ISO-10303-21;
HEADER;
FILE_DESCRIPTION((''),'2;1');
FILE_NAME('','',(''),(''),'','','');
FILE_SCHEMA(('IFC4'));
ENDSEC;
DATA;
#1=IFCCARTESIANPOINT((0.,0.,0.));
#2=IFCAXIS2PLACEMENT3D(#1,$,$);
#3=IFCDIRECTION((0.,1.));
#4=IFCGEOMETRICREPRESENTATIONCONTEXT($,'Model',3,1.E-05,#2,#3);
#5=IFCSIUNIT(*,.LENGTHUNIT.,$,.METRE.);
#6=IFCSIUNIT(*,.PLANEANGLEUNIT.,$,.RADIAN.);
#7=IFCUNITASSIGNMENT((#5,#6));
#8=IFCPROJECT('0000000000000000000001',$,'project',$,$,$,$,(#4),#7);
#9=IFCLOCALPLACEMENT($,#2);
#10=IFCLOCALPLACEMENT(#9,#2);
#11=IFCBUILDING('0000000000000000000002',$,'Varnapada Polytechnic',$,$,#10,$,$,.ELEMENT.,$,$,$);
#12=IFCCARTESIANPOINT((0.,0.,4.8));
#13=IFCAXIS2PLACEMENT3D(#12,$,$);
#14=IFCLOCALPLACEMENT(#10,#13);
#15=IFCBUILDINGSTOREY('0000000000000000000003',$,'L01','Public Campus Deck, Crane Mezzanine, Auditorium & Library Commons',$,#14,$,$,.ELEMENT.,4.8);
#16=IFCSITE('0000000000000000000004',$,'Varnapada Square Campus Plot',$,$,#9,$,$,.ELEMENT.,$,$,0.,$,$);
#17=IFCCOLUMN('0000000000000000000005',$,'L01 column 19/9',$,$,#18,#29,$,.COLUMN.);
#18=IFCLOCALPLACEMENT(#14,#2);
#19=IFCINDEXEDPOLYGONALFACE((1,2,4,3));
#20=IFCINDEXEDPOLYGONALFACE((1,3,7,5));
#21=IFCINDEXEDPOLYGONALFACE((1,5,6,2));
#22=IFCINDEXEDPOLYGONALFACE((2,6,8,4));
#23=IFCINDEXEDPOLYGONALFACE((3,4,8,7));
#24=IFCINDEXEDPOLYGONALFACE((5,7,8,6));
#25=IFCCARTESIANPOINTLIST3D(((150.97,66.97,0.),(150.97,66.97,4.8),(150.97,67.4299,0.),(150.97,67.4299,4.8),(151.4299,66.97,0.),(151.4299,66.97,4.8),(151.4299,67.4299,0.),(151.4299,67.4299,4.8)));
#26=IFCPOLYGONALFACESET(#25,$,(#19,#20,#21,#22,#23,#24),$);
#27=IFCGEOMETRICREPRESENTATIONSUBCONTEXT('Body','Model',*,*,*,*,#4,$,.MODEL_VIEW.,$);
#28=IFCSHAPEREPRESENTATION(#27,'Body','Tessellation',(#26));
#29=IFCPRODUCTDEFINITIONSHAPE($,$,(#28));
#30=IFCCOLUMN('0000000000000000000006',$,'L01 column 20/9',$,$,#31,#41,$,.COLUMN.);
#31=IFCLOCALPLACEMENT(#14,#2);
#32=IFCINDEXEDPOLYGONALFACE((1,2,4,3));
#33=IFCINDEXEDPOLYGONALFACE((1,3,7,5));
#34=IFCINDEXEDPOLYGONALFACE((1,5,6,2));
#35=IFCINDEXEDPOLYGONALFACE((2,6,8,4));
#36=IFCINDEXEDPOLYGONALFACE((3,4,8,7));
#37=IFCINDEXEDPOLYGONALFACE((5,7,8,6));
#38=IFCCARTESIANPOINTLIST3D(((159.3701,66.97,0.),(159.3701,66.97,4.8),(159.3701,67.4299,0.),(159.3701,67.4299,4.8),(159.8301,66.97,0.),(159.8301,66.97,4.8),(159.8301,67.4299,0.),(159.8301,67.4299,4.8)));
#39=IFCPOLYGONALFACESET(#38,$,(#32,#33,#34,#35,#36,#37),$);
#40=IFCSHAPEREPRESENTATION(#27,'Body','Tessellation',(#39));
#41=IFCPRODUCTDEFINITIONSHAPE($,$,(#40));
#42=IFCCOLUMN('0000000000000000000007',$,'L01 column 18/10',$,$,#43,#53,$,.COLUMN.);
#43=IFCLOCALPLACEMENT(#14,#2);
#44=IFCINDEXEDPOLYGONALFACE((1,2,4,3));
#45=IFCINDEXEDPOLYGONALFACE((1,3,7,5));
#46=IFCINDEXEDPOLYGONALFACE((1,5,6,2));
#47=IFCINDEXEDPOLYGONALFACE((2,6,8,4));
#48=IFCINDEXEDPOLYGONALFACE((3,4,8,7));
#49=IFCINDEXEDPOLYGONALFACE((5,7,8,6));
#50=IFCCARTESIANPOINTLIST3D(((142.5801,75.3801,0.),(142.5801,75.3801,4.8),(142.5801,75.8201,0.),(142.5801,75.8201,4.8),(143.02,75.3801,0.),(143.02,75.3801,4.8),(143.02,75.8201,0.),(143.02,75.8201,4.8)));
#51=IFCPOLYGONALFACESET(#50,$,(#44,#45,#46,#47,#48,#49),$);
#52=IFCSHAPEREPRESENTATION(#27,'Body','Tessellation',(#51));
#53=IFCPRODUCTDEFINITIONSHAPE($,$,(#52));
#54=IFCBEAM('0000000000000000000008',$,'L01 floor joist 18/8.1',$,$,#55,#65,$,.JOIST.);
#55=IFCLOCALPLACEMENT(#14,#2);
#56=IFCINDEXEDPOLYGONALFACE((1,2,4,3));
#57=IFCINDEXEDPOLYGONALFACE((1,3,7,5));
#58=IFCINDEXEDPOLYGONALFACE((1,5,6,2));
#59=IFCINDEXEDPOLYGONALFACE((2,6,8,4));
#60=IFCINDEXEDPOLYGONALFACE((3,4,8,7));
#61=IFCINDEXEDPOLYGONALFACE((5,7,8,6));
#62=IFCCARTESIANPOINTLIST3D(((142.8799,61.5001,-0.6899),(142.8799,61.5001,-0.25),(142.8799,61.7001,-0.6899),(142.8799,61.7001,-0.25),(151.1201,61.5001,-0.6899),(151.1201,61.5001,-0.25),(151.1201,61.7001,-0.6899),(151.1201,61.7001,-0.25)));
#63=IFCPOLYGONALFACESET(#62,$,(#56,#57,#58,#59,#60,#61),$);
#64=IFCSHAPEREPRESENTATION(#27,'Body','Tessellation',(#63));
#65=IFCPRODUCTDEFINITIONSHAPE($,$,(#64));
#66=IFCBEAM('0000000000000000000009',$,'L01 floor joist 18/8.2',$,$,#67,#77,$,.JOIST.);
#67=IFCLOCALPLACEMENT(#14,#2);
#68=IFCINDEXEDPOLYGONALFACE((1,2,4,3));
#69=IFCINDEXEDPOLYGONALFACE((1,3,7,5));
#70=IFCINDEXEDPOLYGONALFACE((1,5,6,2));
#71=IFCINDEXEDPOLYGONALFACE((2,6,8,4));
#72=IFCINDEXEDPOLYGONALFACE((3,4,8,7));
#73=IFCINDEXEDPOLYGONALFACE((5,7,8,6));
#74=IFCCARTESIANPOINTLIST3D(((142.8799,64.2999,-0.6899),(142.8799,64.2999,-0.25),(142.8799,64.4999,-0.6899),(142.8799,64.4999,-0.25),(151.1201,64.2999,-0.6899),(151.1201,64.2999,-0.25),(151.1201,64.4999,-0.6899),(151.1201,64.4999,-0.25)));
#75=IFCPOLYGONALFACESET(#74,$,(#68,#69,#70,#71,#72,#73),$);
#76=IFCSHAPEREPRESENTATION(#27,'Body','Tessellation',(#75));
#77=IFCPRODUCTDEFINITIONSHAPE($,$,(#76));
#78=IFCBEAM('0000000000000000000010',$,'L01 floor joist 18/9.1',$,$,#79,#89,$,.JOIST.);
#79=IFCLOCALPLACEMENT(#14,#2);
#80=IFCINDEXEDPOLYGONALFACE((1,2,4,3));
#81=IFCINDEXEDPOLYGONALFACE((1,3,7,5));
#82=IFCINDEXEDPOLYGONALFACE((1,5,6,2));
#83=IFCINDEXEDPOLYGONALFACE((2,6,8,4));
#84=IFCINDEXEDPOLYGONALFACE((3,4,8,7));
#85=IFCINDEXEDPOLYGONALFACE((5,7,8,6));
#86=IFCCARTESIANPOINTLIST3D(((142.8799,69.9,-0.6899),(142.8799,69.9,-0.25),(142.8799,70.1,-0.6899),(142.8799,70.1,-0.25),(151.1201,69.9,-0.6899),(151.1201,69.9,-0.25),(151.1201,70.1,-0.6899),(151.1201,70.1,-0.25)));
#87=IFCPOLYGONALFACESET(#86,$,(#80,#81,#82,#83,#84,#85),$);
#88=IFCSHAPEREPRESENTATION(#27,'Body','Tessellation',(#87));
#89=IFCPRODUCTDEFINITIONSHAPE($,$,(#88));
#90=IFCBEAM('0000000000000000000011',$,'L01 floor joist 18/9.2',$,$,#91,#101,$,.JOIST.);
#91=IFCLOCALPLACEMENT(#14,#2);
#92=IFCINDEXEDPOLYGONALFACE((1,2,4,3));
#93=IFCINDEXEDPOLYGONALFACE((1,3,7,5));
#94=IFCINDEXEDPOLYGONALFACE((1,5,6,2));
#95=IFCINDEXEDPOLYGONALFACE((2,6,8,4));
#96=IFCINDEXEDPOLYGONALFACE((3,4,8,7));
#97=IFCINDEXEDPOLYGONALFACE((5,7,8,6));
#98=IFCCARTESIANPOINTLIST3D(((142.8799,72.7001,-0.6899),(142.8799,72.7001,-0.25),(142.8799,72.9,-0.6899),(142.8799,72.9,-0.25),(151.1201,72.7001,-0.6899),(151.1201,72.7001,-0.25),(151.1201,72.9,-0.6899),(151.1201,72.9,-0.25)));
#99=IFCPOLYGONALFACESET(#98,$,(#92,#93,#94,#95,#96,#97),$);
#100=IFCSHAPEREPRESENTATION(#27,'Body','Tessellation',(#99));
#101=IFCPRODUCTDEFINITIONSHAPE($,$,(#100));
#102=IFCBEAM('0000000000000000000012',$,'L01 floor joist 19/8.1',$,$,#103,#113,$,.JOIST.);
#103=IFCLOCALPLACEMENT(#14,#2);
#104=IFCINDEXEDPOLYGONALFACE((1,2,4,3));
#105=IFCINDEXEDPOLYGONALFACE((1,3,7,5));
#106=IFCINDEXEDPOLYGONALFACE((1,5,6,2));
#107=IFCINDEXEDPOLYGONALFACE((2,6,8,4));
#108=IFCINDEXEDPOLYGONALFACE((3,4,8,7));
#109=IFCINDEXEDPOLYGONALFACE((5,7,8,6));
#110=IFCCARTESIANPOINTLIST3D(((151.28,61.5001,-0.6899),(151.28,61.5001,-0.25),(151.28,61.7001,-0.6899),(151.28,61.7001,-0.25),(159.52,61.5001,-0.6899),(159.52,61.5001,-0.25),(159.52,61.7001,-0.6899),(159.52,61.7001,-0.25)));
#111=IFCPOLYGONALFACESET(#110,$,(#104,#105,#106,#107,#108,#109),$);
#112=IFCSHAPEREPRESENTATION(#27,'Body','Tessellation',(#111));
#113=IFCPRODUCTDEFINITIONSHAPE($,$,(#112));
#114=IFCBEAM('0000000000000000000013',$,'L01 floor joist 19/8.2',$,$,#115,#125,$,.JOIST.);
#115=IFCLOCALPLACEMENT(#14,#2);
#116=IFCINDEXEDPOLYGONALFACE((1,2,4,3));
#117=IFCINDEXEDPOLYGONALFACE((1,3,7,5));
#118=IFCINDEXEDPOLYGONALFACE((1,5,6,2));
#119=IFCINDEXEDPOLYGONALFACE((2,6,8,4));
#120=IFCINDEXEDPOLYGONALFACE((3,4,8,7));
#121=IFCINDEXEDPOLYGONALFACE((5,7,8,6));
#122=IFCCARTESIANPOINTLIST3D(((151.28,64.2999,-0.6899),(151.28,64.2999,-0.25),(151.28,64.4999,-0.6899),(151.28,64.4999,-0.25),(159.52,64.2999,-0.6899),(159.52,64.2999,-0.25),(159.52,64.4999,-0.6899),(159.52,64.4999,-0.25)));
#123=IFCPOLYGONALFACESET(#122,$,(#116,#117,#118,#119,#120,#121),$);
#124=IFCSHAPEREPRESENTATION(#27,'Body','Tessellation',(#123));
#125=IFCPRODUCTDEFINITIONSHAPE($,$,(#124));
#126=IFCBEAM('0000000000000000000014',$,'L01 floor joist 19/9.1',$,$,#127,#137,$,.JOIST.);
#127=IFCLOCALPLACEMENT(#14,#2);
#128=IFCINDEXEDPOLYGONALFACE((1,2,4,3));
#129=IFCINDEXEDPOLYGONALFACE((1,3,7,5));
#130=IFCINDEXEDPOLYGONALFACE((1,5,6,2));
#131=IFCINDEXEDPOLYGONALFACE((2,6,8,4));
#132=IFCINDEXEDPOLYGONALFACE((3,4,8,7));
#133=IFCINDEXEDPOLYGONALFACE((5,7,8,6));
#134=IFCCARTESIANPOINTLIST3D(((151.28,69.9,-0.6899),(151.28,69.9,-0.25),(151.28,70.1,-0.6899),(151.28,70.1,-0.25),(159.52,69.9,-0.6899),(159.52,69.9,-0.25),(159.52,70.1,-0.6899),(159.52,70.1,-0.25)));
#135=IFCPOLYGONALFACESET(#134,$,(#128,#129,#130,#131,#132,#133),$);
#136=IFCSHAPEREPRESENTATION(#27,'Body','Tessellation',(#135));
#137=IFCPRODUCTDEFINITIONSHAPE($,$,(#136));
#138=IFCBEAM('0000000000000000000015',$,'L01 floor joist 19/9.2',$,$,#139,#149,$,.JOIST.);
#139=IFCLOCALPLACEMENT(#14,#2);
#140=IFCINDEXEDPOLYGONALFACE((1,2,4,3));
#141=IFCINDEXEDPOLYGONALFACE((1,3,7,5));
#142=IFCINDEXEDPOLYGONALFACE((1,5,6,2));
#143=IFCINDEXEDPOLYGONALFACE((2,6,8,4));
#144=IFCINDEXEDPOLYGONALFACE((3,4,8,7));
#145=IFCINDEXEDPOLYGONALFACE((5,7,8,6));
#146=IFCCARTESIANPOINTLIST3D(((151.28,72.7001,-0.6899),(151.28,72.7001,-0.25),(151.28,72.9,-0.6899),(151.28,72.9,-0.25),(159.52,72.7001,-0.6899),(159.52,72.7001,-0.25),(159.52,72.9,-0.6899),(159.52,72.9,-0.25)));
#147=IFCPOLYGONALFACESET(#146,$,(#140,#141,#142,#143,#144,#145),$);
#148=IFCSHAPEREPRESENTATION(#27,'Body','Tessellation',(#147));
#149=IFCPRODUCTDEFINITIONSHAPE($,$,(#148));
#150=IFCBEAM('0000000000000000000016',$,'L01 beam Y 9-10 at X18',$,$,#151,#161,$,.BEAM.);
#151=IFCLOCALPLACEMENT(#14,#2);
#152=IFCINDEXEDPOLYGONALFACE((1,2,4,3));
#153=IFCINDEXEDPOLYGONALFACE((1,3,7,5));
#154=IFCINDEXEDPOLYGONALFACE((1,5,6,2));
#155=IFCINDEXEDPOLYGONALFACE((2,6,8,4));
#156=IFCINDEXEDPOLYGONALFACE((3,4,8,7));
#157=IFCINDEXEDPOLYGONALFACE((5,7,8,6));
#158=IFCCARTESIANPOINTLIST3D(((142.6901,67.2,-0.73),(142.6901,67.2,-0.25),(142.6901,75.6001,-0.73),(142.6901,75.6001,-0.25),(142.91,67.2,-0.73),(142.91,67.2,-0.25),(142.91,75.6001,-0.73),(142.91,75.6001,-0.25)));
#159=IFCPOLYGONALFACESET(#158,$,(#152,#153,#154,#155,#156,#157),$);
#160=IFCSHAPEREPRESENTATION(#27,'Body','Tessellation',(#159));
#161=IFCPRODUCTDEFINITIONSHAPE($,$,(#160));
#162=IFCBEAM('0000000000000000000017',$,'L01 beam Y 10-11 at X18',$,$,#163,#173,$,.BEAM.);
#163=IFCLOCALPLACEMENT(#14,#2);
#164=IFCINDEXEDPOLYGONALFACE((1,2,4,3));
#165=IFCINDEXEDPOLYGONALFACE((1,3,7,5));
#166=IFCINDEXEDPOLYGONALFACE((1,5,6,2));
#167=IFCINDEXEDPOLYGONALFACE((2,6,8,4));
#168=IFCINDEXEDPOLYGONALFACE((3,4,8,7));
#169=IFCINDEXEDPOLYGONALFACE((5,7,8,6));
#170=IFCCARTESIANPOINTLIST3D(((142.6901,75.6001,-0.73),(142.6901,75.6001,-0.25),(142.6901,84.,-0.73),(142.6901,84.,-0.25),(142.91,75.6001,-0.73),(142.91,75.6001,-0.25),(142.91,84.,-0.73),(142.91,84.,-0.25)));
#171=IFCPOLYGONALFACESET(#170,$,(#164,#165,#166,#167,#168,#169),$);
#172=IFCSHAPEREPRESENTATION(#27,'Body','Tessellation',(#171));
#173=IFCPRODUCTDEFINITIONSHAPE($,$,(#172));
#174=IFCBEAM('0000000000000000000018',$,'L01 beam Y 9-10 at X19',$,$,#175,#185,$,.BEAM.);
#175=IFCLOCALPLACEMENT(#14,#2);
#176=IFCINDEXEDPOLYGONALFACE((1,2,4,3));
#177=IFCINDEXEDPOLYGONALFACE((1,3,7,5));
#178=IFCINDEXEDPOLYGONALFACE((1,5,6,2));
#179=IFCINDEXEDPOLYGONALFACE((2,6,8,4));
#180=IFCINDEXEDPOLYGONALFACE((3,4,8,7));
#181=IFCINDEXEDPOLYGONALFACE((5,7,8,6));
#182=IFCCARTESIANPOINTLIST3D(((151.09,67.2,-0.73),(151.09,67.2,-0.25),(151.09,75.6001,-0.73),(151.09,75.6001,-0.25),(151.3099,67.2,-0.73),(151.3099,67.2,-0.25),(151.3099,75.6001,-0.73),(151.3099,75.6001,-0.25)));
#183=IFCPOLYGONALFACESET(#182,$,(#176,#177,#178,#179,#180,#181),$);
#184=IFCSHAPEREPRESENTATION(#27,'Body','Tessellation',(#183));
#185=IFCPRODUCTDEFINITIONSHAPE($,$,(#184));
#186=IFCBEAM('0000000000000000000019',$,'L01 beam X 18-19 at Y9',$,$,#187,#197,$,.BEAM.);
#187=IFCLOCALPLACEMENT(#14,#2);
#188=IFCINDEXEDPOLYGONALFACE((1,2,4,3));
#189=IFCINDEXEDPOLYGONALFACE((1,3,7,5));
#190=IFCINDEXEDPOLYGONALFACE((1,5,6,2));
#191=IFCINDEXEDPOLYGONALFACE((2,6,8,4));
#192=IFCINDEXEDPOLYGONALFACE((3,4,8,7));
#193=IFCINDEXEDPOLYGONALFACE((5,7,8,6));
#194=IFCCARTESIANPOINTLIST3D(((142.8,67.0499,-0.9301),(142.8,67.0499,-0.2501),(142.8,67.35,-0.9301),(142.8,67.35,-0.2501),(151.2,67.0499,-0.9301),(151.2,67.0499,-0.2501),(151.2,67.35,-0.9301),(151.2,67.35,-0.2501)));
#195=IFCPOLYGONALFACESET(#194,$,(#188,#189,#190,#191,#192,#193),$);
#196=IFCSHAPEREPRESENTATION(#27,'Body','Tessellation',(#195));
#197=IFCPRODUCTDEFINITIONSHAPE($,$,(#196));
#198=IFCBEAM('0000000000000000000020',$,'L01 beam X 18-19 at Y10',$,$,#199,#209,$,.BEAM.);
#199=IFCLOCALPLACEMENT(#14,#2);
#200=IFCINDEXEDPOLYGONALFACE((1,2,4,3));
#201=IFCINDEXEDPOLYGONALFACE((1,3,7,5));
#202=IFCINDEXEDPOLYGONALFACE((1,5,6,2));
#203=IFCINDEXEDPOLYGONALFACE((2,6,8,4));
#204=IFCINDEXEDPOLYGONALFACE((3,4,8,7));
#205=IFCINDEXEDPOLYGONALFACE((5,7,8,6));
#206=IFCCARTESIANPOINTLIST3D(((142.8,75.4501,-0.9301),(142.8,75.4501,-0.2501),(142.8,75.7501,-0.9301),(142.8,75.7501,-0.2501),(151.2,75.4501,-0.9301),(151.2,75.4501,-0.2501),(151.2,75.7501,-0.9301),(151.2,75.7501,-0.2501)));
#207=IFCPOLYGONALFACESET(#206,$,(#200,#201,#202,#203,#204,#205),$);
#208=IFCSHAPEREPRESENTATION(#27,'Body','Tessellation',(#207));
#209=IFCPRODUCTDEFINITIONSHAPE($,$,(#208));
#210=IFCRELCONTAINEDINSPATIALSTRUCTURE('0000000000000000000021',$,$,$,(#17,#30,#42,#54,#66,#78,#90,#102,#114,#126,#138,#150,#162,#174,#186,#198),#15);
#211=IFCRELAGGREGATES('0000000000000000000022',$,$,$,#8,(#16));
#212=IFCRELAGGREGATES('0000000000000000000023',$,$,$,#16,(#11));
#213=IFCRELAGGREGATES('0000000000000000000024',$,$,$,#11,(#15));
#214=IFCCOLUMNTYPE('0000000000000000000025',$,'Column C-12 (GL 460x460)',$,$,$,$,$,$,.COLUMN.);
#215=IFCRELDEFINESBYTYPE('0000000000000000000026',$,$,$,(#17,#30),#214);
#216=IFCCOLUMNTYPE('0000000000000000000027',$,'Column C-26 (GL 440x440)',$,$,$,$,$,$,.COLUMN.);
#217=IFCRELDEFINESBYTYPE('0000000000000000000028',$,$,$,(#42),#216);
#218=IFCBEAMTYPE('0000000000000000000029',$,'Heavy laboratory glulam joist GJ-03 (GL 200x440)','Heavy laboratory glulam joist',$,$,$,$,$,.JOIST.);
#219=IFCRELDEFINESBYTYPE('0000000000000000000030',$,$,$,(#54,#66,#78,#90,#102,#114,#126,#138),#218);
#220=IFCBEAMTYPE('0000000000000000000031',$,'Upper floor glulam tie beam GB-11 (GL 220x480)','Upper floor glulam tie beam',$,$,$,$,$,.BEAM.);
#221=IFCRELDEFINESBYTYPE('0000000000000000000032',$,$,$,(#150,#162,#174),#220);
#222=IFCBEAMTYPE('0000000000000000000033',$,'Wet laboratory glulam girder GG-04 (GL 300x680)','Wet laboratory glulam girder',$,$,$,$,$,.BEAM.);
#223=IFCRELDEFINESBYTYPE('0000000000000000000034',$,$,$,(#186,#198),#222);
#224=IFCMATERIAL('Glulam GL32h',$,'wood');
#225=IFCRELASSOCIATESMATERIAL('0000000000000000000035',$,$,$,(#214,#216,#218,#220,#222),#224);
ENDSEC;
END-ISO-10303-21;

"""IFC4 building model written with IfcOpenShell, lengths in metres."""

from ifc_helpers import new_model, si_unit, direction, frame, origin, origin_2d, place, context, subcontext, project, spatial, rectangle, extrude, material, material_profile, profile_set, type_object, element, save


model = new_model("IFC4")

# Units and contexts
model_context = context("Model", 3, precision=1e-05, world=origin(), true_north=direction((0.0, 1.0)))
body_context = subcontext(model_context, "Body", "Model", "MODEL_VIEW")
ifc_project = project(units=[si_unit("LENGTHUNIT", "METRE"), si_unit("PLANEANGLEUNIT", "RADIAN")], contexts=[model_context])

# Site, building, storey
site_placement = place(None, origin())
site = spatial("IfcSite", under=ifc_project, at=site_placement, Name="Varnapada Square Campus Plot", CompositionType="ELEMENT", RefElevation=0.0)
building_placement = place(site_placement, origin())
building = spatial("IfcBuilding", under=site, at=building_placement, Name="Varnapada Polytechnic", CompositionType="ELEMENT")
storey_placement = place(building_placement, frame((0.0, 0.0, 4.8)))
storey = spatial("IfcBuildingStorey", under=building, at=storey_placement, Name="L01", Description="Public Campus Deck, Crane Mezzanine, Auditorium & Library Commons", CompositionType="ELEMENT", Elevation=4.8)

# Columns
ifc_material_1 = material(Name="Glulam GL32h", Category="wood")
ifc_material_profile_1 = material_profile(ifc_material_1, rectangle(XDim=0.46, YDim=0.46, at=origin_2d()), Name="GL 460x460")
ifc_profile_set_1 = profile_set([ifc_material_profile_1], Name="Glulam GL32h")
column_type_1 = type_object("IfcColumnType", Name="Column C-12 (GL 460x460)", PredefinedType="COLUMN", material=ifc_profile_set_1)
for number, where, z_axis, x_axis, name in (
    (1, (151.2, 67.2, 0.0), (0.0, 0.0, 1.0), (1.0, 0.0, 0.0), "L01 column 19/9"),
    (2, (159.6001, 67.2, 0.0), (0.0, 0.0, 1.0), (1.0, 0.0, 0.0), "L01 column 20/9"),
):
    element("IfcColumn", number, at=place(storey_placement, frame(where, z_axis=z_axis, x_axis=x_axis)), inside=storey, type_object=column_type_1, Name=name, PredefinedType="COLUMN", context=body_context, shape_type="SweptSolid", body=[
        extrude(rectangle(XDim=0.46, YDim=0.46, at=origin_2d()), origin(), (0.0, 0.0, 1.0), 4.8),
    ])
ifc_material_profile_2 = material_profile(ifc_material_1, rectangle(XDim=0.4399, YDim=0.4399, at=origin_2d()), Name="GL 440x440")
ifc_profile_set_2 = profile_set([ifc_material_profile_2], Name="Glulam GL32h")
column_type_2 = type_object("IfcColumnType", Name="Column C-26 (GL 440x440)", PredefinedType="COLUMN", material=ifc_profile_set_2)
column_placement = place(storey_placement, frame((142.8, 75.6001, 0.0), z_axis=(0.0, 0.0, 1.0), x_axis=(1.0, 0.0, 0.0)))
element("IfcColumn", 3, at=column_placement, inside=storey, type_object=column_type_2, Name="L01 column 18/10", PredefinedType="COLUMN", context=body_context, shape_type="SweptSolid", body=[
    extrude(rectangle(XDim=0.4399, YDim=0.4399, at=origin_2d()), origin(), (0.0, 0.0, 1.0), 4.8),
])

# Beams
ifc_material_profile_3 = material_profile(ifc_material_1, rectangle(XDim=0.2, YDim=0.4399, at=origin_2d()), Name="GL 200x440")
ifc_profile_set_3 = profile_set([ifc_material_profile_3], Name="Glulam GL32h")
beam_type_1 = type_object("IfcBeamType", Name="Heavy laboratory glulam joist GJ-03 (GL 200x440)", Description="Heavy laboratory glulam joist", PredefinedType="JOIST", material=ifc_profile_set_3)
for number, where, z_axis, x_axis, name in (
    (4, (142.8799, 61.6001, -0.47), (1.0, 0.0, 0.0), (0.0, 1.0, 0.0), "L01 floor joist 18/8.1"),
    (5, (142.8799, 64.3999, -0.47), (1.0, 0.0, 0.0), (0.0, 1.0, 0.0), "L01 floor joist 18/8.2"),
    (6, (142.8799, 70.0, -0.47), (1.0, 0.0, 0.0), (0.0, 1.0, 0.0), "L01 floor joist 18/9.1"),
    (7, (142.8799, 72.8, -0.47), (1.0, 0.0, 0.0), (0.0, 1.0, 0.0), "L01 floor joist 18/9.2"),
):
    element("IfcBeam", number, at=place(storey_placement, frame(where, z_axis=z_axis, x_axis=x_axis)), inside=storey, type_object=beam_type_1, Name=name, PredefinedType="JOIST", context=body_context, shape_type="SweptSolid", body=[
        extrude(rectangle(XDim=0.2, YDim=0.4399, at=origin_2d()), origin(), (0.0, 0.0, 1.0), 8.2402),
    ])
for number, where, z_axis, x_axis, name in (
    (8, (151.28, 61.6001, -0.47), (1.0, 0.0, 0.0), (0.0, 1.0, 0.0), "L01 floor joist 19/8.1"),
    (9, (151.28, 64.3999, -0.47), (1.0, 0.0, 0.0), (0.0, 1.0, 0.0), "L01 floor joist 19/8.2"),
    (10, (151.28, 70.0, -0.47), (1.0, 0.0, 0.0), (0.0, 1.0, 0.0), "L01 floor joist 19/9.1"),
    (11, (151.28, 72.8, -0.47), (1.0, 0.0, 0.0), (0.0, 1.0, 0.0), "L01 floor joist 19/9.2"),
):
    element("IfcBeam", number, at=place(storey_placement, frame(where, z_axis=z_axis, x_axis=x_axis)), inside=storey, type_object=beam_type_1, Name=name, PredefinedType="JOIST", context=body_context, shape_type="SweptSolid", body=[
        extrude(rectangle(XDim=0.2, YDim=0.4399, at=origin_2d()), origin(), (0.0, 0.0, 1.0), 8.24),
    ])
ifc_material_profile_4 = material_profile(ifc_material_1, rectangle(XDim=0.22, YDim=0.48, at=origin_2d()), Name="GL 220x480")
ifc_profile_set_4 = profile_set([ifc_material_profile_4], Name="Glulam GL32h")
beam_type_2 = type_object("IfcBeamType", Name="Upper floor glulam tie beam GB-11 (GL 220x480)", Description="Upper floor glulam tie beam", PredefinedType="BEAM", material=ifc_profile_set_4)
beam_1_placement = place(storey_placement, frame((142.8, 67.2, -0.49), z_axis=(0.0, 1.0, 0.0), x_axis=(-1.0, 0.0, 0.0)))
element("IfcBeam", 12, at=beam_1_placement, inside=storey, type_object=beam_type_2, Name="L01 beam Y 9-10 at X18", PredefinedType="BEAM", context=body_context, shape_type="SweptSolid", body=[
    extrude(rectangle(XDim=0.22, YDim=0.48, at=origin_2d()), origin(), (0.0, 0.0, 1.0), 8.4001),
])
beam_2_placement = place(storey_placement, frame((142.8, 75.6001, -0.49), z_axis=(0.0, 1.0, 0.0), x_axis=(-1.0, 0.0, 0.0)))
element("IfcBeam", 13, at=beam_2_placement, inside=storey, type_object=beam_type_2, Name="L01 beam Y 10-11 at X18", PredefinedType="BEAM", context=body_context, shape_type="SweptSolid", body=[
    extrude(rectangle(XDim=0.22, YDim=0.48, at=origin_2d()), origin(), (0.0, 0.0, 1.0), 8.3999),
])
beam_3_placement = place(storey_placement, frame((151.2, 67.2, -0.49), z_axis=(0.0, 1.0, 0.0), x_axis=(-1.0, 0.0, 0.0)))
element("IfcBeam", 14, at=beam_3_placement, inside=storey, type_object=beam_type_2, Name="L01 beam Y 9-10 at X19", PredefinedType="BEAM", context=body_context, shape_type="SweptSolid", body=[
    extrude(rectangle(XDim=0.22, YDim=0.48, at=origin_2d()), origin(), (0.0, 0.0, 1.0), 8.4001),
])
ifc_material_profile_5 = material_profile(ifc_material_1, rectangle(XDim=0.3, YDim=0.6799, at=origin_2d()), Name="GL 300x680")
ifc_profile_set_5 = profile_set([ifc_material_profile_5], Name="Glulam GL32h")
beam_type_3 = type_object("IfcBeamType", Name="Wet laboratory glulam girder GG-04 (GL 300x680)", Description="Wet laboratory glulam girder", PredefinedType="BEAM", material=ifc_profile_set_5)
for number, where, z_axis, x_axis, name in (
    (15, (142.8, 67.2, -0.5901), (1.0, 0.0, 0.0), (0.0, 1.0, 0.0), "L01 beam X 18-19 at Y9"),
    (16, (142.8, 75.6001, -0.5901), (1.0, 0.0, 0.0), (0.0, 1.0, 0.0), "L01 beam X 18-19 at Y10"),
):
    element("IfcBeam", number, at=place(storey_placement, frame(where, z_axis=z_axis, x_axis=x_axis)), inside=storey, type_object=beam_type_3, Name=name, PredefinedType="BEAM", context=body_context, shape_type="SweptSolid", body=[
        extrude(rectangle(XDim=0.3, YDim=0.6799, at=origin_2d()), origin(), (0.0, 0.0, 1.0), 8.3999),
    ])

save(model, "model.ifc")
